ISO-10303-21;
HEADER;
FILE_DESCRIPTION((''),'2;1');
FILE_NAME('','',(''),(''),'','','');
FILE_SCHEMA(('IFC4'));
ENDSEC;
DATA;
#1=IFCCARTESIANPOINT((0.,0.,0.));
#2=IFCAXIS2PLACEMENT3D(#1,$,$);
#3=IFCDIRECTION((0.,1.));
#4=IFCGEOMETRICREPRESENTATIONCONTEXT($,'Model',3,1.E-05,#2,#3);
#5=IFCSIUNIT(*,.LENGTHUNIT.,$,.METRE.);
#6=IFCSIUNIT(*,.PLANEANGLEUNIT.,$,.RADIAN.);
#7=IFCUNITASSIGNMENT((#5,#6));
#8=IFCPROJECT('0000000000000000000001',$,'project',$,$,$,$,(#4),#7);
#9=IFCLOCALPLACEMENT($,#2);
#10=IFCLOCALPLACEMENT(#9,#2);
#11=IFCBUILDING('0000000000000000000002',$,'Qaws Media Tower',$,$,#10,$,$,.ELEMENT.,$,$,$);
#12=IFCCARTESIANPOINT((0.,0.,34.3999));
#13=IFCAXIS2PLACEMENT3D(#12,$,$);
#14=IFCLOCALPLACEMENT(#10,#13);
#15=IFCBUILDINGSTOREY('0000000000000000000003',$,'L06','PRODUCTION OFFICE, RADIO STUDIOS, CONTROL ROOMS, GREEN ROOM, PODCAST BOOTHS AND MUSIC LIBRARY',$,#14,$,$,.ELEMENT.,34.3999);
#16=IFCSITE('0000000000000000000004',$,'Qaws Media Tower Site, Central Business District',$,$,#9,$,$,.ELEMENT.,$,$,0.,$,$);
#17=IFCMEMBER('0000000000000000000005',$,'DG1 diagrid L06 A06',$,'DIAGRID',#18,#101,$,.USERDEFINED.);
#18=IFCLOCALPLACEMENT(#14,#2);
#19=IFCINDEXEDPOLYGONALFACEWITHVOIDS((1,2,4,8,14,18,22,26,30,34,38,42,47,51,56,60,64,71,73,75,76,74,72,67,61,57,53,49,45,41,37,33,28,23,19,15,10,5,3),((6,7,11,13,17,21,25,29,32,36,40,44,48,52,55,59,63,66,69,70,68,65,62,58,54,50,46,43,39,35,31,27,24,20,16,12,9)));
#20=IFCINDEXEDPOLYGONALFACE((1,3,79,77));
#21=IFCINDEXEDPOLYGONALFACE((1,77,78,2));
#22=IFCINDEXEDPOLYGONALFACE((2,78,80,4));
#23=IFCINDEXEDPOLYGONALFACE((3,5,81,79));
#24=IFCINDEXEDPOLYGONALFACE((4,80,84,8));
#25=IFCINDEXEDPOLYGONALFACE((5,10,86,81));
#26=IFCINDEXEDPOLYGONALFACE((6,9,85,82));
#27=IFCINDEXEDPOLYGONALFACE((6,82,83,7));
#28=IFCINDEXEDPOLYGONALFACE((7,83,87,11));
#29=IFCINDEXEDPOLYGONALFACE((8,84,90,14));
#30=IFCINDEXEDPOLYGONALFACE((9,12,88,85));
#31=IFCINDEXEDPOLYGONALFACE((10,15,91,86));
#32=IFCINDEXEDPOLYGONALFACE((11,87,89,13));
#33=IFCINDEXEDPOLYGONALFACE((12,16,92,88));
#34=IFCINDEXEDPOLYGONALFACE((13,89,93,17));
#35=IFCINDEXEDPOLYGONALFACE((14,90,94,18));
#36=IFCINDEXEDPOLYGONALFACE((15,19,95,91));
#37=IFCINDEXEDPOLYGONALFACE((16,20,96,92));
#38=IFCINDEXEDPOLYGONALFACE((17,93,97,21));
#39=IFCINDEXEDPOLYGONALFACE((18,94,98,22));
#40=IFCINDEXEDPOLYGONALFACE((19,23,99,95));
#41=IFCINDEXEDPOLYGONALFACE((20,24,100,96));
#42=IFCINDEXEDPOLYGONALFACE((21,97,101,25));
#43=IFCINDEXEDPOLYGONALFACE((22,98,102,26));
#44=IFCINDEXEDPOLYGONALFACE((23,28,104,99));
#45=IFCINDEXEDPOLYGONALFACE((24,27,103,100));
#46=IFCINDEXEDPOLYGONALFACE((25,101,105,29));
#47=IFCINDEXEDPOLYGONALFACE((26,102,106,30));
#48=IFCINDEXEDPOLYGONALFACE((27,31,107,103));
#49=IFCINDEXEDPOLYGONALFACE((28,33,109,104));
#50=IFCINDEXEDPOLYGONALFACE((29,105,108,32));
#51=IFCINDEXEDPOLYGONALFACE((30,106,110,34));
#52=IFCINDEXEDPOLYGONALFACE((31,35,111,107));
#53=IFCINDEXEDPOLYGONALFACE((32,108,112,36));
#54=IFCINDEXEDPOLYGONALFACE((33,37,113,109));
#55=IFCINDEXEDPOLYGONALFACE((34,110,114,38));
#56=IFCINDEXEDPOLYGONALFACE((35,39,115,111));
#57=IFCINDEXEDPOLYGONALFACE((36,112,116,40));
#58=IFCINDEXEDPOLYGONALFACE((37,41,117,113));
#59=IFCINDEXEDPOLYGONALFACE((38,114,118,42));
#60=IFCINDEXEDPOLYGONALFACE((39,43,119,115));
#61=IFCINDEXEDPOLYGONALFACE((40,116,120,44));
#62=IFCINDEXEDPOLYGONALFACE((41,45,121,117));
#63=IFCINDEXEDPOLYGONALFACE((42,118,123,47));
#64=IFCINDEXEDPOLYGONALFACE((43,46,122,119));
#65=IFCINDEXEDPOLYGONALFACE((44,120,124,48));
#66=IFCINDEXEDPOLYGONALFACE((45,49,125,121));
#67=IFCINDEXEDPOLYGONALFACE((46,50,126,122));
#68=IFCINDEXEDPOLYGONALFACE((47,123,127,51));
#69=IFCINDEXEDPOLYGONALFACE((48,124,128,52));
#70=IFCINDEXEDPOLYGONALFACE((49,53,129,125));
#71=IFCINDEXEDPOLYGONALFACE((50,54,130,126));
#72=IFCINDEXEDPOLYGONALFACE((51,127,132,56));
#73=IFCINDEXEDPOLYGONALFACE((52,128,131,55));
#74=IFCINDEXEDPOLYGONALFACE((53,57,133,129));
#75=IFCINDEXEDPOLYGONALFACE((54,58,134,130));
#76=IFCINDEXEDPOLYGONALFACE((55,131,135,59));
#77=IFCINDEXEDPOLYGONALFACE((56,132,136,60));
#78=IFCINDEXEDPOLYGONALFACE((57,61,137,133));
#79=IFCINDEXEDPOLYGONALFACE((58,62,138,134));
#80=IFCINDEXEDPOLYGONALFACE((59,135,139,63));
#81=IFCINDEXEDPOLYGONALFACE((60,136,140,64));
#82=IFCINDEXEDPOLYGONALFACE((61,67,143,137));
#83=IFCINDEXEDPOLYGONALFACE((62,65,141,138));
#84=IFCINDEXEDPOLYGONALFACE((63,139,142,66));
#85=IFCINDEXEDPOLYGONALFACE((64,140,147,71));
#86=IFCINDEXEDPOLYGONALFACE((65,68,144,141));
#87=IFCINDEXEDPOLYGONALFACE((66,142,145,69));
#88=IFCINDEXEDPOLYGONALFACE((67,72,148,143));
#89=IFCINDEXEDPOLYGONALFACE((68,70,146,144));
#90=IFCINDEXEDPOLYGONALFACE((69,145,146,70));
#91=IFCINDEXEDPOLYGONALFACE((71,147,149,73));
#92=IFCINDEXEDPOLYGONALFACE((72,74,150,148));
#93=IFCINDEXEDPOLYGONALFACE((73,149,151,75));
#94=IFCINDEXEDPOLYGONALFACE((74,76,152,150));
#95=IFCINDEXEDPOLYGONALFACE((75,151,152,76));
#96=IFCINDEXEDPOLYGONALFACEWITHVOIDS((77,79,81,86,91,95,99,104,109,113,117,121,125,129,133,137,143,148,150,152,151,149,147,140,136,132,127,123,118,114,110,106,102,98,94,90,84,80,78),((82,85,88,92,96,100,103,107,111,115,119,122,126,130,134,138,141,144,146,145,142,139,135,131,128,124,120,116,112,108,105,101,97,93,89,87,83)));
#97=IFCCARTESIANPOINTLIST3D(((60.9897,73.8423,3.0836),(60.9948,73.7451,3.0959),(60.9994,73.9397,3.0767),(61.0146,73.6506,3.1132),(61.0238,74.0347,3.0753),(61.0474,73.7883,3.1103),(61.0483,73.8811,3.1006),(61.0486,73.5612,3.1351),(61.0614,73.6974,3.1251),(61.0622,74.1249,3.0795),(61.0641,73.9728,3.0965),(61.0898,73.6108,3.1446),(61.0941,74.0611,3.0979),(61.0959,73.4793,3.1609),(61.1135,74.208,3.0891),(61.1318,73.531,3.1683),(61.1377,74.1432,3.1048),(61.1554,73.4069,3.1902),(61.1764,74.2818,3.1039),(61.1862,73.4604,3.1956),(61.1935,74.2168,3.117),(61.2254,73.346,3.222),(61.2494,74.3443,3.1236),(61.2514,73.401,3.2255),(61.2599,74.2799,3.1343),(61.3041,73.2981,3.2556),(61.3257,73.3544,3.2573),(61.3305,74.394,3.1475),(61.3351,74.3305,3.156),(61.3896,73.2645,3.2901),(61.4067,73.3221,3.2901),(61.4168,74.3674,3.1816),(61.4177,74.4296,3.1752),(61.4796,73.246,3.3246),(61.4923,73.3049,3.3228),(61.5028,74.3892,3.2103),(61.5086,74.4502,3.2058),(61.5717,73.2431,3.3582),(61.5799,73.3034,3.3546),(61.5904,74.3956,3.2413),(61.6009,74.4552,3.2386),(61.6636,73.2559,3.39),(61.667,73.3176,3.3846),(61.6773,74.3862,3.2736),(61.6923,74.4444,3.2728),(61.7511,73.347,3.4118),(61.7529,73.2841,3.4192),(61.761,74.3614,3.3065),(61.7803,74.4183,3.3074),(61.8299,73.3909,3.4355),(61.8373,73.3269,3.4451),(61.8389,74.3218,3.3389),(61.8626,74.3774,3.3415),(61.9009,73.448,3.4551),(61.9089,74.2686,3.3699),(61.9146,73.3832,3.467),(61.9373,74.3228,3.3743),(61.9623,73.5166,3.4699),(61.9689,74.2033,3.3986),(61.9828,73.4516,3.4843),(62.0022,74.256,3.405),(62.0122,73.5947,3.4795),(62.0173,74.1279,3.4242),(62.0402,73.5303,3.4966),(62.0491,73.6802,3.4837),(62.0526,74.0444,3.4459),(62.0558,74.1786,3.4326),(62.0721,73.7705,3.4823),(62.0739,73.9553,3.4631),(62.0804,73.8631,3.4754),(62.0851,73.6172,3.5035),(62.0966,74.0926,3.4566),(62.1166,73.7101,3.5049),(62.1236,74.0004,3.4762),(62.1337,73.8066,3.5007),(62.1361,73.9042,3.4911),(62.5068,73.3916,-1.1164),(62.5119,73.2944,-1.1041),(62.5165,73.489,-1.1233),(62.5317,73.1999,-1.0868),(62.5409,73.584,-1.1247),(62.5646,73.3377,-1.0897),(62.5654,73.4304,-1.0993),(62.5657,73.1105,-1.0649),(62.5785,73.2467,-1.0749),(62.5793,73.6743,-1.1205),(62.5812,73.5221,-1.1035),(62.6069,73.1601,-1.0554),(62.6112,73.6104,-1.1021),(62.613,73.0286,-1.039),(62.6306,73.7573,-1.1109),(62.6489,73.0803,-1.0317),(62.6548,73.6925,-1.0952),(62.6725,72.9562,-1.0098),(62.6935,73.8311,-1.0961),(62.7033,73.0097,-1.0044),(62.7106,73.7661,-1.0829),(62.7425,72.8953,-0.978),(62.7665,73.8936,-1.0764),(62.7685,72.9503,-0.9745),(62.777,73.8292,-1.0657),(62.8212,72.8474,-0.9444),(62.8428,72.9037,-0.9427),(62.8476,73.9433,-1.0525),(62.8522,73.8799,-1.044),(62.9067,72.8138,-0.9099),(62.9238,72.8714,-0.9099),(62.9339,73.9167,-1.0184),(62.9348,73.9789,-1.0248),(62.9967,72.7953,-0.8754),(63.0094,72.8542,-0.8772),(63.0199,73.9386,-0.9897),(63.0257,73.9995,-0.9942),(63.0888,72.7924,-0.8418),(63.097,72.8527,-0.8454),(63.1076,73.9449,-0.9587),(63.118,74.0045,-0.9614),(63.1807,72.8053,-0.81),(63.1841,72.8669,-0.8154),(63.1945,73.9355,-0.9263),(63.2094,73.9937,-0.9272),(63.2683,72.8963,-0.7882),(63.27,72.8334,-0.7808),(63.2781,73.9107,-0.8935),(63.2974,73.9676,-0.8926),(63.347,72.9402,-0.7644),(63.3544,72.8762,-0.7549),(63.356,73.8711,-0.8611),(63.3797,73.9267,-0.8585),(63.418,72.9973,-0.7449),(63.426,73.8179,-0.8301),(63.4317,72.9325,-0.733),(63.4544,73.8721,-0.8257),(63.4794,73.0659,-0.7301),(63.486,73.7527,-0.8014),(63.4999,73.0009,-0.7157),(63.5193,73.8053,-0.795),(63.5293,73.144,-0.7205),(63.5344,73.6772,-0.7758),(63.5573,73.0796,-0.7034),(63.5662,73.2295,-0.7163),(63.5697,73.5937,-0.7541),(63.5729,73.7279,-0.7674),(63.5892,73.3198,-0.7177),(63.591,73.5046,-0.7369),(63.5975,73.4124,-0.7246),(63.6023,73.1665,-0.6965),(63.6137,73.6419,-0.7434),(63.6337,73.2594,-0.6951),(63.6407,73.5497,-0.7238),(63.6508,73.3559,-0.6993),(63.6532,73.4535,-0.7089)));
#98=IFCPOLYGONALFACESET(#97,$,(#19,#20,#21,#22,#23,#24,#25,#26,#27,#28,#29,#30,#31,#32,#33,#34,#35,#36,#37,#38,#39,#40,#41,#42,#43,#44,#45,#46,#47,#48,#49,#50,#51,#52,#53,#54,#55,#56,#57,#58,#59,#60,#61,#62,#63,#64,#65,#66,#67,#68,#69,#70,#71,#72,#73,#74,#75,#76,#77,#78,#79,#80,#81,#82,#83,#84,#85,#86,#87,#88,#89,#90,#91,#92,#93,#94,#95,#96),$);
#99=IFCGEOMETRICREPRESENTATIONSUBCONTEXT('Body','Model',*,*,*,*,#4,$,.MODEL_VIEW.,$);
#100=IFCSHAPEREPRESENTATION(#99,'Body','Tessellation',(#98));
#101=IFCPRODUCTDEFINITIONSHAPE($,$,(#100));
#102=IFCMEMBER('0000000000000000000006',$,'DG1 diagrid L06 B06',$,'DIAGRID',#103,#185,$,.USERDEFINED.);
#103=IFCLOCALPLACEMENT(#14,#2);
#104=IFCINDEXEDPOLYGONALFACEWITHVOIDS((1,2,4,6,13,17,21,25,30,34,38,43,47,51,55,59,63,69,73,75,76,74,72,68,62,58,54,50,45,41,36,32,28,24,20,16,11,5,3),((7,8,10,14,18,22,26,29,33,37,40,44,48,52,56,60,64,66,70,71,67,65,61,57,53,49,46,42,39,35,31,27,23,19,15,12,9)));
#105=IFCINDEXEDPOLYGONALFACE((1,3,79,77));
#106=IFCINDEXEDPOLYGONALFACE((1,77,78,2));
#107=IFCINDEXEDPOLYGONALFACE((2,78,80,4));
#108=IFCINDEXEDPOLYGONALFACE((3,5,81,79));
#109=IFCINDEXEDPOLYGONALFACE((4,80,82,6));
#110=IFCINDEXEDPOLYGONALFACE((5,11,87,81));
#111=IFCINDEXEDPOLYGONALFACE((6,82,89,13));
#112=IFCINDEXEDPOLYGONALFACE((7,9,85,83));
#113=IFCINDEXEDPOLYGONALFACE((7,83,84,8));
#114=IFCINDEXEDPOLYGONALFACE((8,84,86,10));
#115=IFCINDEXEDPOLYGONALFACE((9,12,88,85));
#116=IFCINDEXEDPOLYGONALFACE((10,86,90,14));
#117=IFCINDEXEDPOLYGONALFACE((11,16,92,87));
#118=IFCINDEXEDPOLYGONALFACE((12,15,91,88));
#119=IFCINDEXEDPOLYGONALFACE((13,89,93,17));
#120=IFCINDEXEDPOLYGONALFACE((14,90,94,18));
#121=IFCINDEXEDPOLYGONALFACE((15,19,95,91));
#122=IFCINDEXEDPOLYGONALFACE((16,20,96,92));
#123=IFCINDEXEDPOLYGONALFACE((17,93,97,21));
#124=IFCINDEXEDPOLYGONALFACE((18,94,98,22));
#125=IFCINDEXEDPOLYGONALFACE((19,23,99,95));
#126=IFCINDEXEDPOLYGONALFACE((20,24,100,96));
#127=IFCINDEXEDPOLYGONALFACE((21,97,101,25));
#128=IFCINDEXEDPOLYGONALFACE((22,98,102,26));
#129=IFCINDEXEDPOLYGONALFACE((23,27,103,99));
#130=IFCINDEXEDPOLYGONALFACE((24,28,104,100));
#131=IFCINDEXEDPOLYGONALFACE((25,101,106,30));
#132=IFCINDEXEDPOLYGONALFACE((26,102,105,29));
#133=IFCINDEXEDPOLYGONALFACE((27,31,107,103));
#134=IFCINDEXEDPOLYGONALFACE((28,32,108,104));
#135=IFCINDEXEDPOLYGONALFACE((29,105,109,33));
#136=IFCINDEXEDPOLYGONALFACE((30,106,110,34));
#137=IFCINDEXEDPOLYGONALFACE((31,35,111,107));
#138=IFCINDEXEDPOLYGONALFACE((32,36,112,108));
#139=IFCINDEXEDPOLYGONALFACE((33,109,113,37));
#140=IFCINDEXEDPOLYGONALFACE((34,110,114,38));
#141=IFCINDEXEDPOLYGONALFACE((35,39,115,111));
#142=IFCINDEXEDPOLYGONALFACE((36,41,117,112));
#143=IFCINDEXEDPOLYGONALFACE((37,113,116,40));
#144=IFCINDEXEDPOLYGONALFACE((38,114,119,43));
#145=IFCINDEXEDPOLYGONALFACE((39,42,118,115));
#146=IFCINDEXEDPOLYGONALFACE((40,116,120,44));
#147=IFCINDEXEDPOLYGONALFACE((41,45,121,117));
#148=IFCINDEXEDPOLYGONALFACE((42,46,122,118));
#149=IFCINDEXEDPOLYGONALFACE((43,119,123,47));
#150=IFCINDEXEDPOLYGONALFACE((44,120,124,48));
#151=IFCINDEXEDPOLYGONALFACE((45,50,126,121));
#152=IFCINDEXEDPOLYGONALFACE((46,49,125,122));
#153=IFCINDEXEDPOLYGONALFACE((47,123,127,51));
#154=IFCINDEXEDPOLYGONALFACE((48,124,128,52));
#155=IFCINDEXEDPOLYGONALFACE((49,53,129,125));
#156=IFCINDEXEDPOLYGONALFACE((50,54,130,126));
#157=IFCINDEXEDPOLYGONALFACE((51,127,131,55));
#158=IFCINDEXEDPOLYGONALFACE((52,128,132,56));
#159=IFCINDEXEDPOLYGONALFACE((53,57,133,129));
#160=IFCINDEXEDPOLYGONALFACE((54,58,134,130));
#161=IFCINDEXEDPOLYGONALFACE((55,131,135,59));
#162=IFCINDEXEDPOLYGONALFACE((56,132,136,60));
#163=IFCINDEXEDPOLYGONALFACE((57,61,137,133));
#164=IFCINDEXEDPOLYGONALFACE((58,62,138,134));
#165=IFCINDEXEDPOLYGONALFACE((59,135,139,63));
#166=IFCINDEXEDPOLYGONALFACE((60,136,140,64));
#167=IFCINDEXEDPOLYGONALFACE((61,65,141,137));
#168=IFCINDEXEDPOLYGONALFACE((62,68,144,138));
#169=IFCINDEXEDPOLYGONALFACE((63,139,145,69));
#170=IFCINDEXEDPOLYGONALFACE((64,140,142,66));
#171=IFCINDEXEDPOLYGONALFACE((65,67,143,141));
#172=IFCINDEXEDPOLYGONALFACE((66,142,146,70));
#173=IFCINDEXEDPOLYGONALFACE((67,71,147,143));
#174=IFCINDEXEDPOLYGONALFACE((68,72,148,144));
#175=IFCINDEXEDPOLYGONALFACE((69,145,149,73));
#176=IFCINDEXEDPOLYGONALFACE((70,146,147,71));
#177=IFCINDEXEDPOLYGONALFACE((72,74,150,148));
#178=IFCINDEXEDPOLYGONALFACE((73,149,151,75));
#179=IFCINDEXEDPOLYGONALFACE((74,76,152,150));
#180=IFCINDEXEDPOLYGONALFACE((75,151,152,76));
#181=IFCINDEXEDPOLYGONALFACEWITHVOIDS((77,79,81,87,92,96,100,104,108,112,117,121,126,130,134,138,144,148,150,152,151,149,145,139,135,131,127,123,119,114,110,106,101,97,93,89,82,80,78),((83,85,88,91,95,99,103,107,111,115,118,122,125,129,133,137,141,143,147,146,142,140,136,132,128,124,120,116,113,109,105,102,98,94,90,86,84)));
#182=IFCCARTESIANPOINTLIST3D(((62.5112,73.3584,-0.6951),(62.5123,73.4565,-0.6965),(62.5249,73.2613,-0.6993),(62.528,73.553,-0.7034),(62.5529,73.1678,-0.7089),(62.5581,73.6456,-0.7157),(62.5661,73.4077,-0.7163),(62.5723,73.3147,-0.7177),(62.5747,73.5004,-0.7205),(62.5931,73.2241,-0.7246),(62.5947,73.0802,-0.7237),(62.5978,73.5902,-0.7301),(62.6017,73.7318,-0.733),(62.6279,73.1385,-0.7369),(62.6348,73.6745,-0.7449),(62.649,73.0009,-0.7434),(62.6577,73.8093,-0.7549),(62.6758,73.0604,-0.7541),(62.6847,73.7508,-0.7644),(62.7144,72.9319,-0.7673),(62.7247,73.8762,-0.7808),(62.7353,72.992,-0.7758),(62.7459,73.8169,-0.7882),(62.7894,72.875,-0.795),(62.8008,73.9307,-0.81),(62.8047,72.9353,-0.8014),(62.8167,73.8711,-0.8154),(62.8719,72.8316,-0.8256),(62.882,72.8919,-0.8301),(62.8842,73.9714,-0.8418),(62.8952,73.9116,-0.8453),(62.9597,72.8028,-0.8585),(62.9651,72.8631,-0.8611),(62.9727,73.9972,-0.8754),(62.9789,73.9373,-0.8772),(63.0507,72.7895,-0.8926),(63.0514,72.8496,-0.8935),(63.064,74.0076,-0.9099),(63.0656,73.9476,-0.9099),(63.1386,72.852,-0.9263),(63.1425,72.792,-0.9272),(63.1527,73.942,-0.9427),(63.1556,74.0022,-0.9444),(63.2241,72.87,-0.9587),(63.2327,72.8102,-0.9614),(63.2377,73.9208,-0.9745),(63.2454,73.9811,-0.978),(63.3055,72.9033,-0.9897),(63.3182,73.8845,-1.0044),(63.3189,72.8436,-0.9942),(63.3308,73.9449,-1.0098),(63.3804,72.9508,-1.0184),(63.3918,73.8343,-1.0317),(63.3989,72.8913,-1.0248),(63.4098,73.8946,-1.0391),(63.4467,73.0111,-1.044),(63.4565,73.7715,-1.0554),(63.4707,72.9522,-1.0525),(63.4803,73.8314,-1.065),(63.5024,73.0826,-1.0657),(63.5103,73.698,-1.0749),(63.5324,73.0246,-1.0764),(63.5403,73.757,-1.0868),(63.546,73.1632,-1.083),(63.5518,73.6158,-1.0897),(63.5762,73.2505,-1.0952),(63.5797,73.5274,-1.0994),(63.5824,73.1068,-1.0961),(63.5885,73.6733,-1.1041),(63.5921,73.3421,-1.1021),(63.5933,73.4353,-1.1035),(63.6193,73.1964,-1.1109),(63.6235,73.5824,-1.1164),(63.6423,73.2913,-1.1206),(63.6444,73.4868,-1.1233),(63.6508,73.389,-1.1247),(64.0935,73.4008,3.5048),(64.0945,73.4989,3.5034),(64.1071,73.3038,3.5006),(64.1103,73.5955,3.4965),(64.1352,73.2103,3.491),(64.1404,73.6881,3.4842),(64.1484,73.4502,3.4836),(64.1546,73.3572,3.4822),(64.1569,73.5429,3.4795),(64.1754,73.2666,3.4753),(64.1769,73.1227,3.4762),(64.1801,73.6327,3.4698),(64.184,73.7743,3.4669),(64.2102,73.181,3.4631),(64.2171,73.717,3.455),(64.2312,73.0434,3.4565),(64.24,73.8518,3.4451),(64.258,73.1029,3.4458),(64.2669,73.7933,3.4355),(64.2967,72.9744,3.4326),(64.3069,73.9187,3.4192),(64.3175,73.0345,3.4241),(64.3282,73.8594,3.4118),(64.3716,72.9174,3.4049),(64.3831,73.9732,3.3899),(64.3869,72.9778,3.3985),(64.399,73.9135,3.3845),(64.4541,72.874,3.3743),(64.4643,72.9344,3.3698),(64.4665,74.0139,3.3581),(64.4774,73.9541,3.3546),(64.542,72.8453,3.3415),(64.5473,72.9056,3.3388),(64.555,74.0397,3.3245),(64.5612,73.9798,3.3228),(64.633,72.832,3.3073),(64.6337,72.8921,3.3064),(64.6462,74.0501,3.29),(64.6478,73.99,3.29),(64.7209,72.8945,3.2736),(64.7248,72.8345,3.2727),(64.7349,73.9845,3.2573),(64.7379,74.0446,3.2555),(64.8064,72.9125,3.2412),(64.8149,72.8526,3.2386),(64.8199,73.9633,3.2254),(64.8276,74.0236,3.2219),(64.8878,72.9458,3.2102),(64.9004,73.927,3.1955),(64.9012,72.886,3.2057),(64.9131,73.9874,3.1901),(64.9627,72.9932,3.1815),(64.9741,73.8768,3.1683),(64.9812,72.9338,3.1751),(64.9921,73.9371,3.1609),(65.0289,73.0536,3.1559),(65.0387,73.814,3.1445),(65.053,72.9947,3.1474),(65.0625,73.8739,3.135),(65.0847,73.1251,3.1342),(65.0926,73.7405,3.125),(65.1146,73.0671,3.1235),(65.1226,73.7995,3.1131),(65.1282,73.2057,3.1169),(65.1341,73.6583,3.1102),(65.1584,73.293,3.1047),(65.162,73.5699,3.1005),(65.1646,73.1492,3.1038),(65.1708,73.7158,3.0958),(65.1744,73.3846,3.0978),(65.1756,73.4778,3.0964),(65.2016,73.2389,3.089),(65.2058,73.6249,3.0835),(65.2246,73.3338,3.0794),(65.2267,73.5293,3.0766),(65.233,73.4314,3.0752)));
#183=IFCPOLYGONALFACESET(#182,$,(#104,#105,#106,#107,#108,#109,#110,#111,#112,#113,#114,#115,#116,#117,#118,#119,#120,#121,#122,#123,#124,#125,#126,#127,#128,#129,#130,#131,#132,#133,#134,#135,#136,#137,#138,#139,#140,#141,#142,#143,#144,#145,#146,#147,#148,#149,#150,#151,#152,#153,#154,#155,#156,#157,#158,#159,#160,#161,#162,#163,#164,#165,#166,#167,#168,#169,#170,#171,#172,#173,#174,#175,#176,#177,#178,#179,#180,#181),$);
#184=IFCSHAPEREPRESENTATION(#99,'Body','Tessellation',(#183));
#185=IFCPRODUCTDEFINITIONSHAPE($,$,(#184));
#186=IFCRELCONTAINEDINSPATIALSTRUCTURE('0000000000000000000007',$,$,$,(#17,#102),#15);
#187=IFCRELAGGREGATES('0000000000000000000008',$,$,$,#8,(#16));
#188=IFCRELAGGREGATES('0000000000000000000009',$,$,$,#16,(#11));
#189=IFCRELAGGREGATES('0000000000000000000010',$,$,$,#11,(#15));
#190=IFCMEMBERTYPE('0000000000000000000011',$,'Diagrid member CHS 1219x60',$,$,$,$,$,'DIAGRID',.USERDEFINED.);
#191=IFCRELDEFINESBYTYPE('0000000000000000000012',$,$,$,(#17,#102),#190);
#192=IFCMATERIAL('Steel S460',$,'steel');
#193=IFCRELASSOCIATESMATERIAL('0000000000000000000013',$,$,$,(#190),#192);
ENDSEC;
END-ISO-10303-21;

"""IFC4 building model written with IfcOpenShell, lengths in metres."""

from ifc_helpers import new_model, si_unit, direction, frame, origin, origin_2d, place, context, subcontext, project, spatial, hollow_circle, extrude, material, material_profile, profile_set, type_object, element, save


model = new_model("IFC4")

# Units and contexts
model_context = context("Model", 3, precision=1e-05, world=origin(), true_north=direction((0.0, 1.0)))
body_context = subcontext(model_context, "Body", "Model", "MODEL_VIEW")
ifc_project = project(units=[si_unit("LENGTHUNIT", "METRE"), si_unit("PLANEANGLEUNIT", "RADIAN")], contexts=[model_context])

# Site, building, storey
site_placement = place(None, origin())
site = spatial("IfcSite", under=ifc_project, at=site_placement, Name="Qaws Media Tower Site, Central Business District", CompositionType="ELEMENT", RefElevation=0.0)
building_placement = place(site_placement, origin())
building = spatial("IfcBuilding", under=site, at=building_placement, Name="Qaws Media Tower", CompositionType="ELEMENT")
storey_placement = place(building_placement, frame((0.0, 0.0, 34.3999)))
storey = spatial("IfcBuildingStorey", under=building, at=storey_placement, Name="L06", Description="PRODUCTION OFFICE, RADIO STUDIOS, CONTROL ROOMS, GREEN ROOM, PODCAST BOOTHS AND MUSIC LIBRARY", CompositionType="ELEMENT", Elevation=34.3999)

# Members
ifc_material_1 = material(Name="Steel S460", Category="steel")
ifc_material_profile_1 = material_profile(ifc_material_1, hollow_circle(Radius=0.6096, WallThickness=0.0601, at=origin_2d()), Name="CHS 1219x60")
ifc_profile_set_1 = profile_set([ifc_material_profile_1], Name="Steel S460")
member_type_1 = type_object("IfcMemberType", Name="Diagrid member CHS 1219x60", ElementType="DIAGRID", PredefinedType="USERDEFINED", material=ifc_profile_set_1)
for number, where, z_axis, x_axis, name in (
    (1, (63.0803, 73.3982, -0.9099), (-0.338015, 0.100414, 0.935769), (-0.284771, -0.958596, 0.0), "DG1 diagrid L06 A06"),
    (2, (63.0803, 73.3982, -0.9099), (0.352532, 0.009465, 0.935752), (-0.026838, 0.99964, 0.0), "DG1 diagrid L06 B06"),
):
    element("IfcMember", number, at=place(storey_placement, frame(where, z_axis=z_axis, x_axis=x_axis)), inside=storey, type_object=member_type_1, Name=name, ObjectType="DIAGRID", PredefinedType="USERDEFINED", context=body_context, shape_type="SweptSolid", body=[
        extrude(hollow_circle(Radius=0.6096, WallThickness=0.0601, at=origin_2d()), origin(), (0.0, 0.0, 1.0), 4.4883),
    ])

save(model, "model.ifc")
